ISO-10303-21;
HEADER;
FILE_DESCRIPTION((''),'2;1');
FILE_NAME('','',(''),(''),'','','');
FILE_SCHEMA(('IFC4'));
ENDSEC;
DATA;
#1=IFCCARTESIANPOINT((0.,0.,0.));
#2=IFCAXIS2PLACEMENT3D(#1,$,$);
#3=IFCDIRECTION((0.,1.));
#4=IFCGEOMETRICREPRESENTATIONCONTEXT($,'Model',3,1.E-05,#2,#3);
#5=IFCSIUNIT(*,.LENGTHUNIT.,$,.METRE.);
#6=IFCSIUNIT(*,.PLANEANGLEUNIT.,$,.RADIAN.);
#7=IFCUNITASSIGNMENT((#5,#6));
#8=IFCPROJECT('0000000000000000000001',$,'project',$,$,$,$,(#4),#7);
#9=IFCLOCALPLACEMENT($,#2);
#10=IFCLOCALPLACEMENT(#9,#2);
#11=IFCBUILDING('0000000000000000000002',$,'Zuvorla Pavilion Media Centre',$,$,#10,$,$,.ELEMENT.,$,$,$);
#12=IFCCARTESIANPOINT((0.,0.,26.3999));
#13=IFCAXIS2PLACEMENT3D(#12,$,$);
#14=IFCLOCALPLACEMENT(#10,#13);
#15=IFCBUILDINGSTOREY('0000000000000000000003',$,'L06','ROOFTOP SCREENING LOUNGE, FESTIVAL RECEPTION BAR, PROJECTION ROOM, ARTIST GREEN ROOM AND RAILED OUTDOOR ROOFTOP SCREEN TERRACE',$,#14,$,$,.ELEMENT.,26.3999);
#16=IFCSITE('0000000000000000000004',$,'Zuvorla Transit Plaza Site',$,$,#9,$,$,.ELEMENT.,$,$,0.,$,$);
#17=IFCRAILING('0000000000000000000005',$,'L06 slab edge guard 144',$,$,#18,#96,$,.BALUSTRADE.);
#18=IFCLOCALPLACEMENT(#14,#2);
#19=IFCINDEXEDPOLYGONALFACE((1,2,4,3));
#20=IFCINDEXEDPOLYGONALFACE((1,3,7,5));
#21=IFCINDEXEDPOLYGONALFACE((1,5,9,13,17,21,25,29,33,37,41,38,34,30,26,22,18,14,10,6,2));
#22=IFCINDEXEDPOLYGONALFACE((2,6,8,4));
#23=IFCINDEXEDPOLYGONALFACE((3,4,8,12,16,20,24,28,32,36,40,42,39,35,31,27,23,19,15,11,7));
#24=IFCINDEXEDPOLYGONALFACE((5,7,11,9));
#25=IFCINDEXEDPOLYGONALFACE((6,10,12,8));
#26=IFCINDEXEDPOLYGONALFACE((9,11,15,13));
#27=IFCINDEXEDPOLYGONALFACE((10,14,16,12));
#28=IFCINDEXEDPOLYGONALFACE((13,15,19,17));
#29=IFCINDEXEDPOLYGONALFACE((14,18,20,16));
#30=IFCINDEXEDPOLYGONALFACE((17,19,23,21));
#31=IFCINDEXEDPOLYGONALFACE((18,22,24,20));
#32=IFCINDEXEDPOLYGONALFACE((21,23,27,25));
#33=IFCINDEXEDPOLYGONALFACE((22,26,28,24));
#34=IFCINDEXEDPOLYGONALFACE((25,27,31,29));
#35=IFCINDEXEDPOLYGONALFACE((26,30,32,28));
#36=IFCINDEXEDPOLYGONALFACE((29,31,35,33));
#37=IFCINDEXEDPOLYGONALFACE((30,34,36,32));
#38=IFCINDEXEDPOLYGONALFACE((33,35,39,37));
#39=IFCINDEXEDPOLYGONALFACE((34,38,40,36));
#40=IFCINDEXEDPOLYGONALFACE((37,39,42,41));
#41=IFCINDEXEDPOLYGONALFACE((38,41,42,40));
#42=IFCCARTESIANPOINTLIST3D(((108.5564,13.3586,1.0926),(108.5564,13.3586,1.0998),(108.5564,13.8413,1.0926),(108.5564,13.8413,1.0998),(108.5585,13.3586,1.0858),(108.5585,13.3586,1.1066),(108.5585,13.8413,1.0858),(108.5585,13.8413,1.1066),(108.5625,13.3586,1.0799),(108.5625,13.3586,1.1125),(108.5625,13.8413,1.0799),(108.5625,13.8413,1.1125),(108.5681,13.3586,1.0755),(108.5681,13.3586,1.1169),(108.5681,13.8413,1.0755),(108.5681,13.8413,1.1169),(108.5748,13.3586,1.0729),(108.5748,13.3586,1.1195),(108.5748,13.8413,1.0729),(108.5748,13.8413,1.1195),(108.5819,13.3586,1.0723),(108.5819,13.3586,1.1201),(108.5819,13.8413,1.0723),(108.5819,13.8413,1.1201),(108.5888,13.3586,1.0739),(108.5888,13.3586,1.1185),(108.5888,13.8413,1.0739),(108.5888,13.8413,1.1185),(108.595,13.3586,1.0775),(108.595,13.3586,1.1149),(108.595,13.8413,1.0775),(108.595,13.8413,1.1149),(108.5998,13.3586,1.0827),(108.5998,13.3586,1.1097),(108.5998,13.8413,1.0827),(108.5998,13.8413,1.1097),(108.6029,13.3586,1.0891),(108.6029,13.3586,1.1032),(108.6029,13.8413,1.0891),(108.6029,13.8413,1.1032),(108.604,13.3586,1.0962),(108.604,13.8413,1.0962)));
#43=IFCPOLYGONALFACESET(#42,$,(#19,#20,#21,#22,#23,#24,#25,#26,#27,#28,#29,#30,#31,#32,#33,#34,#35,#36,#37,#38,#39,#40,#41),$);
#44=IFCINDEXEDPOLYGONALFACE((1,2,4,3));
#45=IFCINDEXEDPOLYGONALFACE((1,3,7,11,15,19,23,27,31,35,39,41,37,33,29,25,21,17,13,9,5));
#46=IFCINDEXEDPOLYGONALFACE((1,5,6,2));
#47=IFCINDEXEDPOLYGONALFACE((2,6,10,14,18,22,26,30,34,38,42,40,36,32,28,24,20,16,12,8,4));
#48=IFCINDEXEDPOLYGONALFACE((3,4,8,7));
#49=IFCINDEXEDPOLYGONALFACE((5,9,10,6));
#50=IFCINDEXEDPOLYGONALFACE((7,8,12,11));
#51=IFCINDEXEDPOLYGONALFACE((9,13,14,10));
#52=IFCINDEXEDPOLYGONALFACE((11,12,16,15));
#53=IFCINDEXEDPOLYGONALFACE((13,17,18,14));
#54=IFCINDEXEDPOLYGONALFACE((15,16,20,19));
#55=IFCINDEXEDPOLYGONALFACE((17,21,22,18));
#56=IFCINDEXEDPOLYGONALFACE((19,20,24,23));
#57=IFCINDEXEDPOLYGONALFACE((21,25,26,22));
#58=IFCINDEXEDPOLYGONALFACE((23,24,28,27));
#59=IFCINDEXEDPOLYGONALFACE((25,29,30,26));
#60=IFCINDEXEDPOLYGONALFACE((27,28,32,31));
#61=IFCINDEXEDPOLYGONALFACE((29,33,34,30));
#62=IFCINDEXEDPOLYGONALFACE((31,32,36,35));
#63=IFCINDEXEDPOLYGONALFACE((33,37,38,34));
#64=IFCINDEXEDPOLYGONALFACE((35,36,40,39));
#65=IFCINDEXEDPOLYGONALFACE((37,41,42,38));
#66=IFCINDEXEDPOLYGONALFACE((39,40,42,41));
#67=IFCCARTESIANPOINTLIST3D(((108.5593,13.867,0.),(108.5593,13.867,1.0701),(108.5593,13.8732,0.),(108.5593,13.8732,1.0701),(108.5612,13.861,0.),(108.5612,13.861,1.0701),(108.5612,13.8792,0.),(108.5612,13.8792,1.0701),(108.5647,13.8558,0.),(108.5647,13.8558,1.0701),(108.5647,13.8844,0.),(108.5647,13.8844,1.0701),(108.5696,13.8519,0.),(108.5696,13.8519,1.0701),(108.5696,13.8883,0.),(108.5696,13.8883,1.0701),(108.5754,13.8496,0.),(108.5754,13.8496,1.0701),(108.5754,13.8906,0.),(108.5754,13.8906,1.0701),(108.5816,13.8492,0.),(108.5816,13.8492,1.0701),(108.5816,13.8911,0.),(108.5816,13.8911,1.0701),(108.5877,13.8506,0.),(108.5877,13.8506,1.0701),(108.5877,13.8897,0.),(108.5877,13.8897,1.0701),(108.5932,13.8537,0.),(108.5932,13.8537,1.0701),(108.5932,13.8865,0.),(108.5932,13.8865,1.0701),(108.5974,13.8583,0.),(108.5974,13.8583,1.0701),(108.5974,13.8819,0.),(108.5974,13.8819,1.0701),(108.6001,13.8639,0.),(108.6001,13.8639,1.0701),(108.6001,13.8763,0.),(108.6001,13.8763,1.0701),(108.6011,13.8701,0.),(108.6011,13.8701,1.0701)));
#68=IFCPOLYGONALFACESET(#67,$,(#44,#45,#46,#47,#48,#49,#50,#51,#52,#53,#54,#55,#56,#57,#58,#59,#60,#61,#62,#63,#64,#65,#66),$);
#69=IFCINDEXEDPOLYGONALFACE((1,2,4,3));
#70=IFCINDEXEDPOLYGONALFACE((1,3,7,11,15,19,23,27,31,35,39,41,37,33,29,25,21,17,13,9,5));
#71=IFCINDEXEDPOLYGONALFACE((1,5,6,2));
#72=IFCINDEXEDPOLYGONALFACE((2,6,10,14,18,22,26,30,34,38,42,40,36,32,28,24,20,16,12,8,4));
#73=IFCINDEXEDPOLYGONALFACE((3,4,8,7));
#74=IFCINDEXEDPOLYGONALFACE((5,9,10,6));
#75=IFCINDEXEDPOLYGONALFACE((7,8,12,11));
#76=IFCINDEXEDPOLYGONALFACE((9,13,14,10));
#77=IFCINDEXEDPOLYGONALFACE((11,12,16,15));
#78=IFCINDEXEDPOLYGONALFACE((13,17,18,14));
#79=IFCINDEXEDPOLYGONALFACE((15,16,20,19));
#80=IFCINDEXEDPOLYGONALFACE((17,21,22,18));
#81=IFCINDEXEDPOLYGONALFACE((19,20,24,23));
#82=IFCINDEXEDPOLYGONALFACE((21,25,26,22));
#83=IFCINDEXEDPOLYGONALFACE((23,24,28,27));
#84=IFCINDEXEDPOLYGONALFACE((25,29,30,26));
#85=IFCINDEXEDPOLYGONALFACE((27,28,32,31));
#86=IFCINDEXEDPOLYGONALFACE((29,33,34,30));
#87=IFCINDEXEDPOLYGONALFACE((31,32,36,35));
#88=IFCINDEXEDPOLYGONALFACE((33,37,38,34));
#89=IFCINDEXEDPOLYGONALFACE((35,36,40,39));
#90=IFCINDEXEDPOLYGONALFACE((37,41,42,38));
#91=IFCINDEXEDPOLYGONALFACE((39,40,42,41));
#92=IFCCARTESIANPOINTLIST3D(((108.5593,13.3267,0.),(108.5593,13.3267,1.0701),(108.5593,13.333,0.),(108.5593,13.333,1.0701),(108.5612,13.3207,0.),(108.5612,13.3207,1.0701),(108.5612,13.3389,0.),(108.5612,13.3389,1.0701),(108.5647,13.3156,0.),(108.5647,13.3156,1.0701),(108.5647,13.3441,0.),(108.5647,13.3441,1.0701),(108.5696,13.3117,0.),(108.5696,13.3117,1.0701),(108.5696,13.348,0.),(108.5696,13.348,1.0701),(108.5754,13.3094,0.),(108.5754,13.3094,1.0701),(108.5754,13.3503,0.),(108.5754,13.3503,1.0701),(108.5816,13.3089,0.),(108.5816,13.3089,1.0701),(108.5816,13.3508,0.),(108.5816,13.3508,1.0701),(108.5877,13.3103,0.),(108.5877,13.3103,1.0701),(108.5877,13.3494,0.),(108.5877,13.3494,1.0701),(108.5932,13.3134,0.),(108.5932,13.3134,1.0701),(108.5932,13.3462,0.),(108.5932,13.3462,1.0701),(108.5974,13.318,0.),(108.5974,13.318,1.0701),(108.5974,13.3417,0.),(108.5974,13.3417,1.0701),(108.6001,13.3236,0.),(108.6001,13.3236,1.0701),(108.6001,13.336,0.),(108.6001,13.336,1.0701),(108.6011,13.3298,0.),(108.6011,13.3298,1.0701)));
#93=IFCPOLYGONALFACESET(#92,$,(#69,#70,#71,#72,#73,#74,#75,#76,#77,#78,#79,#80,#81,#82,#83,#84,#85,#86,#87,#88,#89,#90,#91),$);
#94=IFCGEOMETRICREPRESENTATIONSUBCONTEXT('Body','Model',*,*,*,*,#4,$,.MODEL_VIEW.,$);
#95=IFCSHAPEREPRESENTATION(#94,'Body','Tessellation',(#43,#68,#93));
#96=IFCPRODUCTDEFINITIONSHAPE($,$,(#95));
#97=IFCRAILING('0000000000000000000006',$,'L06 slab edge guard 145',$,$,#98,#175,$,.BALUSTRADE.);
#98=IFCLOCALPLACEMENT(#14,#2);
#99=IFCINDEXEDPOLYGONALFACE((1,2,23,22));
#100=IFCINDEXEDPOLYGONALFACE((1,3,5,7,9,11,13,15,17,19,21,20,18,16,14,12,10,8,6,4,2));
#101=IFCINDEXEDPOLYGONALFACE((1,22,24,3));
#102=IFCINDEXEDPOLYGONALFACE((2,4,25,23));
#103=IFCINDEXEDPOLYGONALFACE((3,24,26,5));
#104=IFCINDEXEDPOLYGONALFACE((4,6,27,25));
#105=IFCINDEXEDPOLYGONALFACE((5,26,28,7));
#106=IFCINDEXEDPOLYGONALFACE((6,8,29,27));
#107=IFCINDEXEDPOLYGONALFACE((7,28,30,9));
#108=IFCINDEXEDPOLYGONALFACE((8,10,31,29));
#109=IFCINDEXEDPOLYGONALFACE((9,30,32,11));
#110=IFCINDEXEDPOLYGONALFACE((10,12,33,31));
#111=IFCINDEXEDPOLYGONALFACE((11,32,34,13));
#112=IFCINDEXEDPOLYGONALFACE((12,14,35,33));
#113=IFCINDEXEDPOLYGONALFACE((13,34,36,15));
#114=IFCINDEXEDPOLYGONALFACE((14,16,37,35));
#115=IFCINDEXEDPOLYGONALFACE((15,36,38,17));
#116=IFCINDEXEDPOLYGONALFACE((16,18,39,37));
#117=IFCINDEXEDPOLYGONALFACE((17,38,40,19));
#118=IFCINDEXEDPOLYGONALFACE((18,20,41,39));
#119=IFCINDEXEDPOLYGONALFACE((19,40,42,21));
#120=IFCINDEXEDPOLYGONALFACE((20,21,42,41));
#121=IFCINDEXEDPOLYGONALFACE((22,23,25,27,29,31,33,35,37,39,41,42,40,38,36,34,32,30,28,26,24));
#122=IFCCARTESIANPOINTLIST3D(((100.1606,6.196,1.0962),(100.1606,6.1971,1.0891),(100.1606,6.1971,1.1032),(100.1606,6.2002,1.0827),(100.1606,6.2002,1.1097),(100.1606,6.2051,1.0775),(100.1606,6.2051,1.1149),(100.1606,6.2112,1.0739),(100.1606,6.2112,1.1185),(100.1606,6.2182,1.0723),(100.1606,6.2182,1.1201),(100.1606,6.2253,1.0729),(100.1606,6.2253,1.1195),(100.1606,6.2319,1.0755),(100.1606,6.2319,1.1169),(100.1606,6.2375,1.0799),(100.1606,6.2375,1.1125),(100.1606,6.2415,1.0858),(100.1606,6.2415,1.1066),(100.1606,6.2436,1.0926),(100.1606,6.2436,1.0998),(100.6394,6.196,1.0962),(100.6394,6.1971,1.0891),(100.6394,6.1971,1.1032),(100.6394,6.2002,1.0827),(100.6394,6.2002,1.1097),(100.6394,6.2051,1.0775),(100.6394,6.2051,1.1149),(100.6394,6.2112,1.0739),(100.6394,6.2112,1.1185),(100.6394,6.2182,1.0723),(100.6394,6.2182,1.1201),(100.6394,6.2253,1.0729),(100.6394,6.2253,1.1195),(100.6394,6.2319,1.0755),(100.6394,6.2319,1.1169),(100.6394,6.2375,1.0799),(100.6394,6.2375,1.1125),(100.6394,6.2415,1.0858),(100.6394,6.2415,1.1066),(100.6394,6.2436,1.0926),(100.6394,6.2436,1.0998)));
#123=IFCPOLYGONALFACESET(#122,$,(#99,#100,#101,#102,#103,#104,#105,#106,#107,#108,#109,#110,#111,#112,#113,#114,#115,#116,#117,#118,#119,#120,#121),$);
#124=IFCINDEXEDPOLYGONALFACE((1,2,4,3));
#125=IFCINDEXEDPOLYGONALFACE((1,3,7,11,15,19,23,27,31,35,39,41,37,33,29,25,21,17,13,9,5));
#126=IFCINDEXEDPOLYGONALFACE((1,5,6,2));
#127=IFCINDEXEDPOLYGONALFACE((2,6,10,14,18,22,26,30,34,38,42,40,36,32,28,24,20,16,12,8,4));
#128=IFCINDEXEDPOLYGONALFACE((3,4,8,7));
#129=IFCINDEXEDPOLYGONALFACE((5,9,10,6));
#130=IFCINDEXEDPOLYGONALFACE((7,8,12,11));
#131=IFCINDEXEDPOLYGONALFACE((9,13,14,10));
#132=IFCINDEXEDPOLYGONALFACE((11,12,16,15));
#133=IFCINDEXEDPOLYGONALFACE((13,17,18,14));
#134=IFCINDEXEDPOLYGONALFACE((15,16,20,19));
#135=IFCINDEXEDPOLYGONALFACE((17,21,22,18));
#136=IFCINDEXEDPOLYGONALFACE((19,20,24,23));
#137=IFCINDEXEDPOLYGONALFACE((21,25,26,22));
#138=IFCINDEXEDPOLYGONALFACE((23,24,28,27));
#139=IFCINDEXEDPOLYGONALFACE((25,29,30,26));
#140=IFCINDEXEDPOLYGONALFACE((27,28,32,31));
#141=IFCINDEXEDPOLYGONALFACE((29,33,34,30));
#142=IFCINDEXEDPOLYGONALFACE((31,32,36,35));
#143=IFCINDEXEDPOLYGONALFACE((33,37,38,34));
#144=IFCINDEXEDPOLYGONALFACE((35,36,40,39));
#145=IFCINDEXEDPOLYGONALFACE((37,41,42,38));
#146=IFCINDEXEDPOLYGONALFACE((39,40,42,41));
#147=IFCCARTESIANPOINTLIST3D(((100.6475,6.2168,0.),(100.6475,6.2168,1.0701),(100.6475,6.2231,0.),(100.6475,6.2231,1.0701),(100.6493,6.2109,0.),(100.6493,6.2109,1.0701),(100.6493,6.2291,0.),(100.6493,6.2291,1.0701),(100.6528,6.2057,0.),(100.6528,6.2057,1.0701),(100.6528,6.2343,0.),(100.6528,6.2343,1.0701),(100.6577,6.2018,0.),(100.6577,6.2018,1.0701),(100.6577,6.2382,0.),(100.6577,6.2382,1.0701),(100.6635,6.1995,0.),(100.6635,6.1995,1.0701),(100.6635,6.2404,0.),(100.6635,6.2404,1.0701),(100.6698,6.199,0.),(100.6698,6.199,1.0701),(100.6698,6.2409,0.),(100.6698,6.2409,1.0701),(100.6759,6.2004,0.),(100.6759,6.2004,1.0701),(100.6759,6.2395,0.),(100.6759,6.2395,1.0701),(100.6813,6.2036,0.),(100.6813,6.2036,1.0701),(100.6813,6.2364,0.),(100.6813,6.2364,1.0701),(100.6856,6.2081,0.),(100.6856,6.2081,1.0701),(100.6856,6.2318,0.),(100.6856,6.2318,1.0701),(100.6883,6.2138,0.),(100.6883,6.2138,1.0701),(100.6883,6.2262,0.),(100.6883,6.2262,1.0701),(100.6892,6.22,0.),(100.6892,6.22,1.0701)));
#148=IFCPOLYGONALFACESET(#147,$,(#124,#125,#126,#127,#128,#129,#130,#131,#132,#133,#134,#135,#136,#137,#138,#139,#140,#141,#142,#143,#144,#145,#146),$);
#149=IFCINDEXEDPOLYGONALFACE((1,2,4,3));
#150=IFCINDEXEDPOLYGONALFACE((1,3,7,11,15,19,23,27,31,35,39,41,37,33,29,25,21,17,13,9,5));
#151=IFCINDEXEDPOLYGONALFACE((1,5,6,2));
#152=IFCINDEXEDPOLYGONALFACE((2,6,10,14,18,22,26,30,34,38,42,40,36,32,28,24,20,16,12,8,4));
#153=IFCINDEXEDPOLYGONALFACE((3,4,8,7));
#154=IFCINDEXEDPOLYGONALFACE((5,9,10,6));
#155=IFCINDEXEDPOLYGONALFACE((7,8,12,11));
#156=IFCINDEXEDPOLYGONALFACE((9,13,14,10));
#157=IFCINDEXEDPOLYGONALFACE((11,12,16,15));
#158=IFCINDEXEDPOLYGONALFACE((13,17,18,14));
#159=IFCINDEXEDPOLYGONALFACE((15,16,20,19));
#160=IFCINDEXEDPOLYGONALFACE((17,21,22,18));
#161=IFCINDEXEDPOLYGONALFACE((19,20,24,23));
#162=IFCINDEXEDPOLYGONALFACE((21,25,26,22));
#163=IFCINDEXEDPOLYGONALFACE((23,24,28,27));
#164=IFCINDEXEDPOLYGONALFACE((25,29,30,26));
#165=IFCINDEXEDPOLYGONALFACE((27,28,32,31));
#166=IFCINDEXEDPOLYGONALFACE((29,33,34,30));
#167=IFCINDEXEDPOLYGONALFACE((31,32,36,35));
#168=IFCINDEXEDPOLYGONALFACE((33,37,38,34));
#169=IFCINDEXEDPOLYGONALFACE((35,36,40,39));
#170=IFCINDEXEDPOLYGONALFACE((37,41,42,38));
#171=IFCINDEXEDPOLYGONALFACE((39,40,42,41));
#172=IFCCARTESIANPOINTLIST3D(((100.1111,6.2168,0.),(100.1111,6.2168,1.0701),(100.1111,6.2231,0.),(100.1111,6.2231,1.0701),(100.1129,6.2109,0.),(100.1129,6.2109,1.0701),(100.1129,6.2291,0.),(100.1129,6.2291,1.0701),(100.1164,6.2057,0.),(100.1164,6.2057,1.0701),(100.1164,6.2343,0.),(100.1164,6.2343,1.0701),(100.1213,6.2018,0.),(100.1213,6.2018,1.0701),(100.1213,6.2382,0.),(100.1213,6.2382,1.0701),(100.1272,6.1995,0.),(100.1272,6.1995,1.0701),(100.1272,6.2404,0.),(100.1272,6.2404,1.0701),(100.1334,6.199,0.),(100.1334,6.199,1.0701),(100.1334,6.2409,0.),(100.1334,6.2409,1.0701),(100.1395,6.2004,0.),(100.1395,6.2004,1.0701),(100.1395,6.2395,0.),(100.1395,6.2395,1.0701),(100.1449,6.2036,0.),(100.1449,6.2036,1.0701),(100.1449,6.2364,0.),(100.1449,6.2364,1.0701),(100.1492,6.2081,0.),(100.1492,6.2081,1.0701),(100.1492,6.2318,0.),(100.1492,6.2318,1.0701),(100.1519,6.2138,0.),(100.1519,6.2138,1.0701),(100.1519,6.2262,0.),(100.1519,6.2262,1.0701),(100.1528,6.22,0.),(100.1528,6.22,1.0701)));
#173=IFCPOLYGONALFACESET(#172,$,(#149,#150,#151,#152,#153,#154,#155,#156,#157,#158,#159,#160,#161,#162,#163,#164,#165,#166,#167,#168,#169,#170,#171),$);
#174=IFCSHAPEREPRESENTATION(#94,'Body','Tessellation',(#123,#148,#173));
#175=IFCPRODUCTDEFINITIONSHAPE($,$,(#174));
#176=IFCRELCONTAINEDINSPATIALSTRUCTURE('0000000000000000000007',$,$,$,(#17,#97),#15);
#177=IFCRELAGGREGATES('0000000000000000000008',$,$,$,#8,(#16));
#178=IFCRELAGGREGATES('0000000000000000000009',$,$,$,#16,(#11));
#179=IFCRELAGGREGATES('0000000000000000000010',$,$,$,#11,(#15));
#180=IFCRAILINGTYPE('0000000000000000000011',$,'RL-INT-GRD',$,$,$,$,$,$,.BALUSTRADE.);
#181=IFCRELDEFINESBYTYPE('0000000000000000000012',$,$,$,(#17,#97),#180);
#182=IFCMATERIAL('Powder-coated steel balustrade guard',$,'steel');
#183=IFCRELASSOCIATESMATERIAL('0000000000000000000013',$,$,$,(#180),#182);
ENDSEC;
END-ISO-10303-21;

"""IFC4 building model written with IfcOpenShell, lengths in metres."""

from ifc_helpers import new_model, si_unit, direction, frame, origin, origin_2d, place, context, subcontext, project, spatial, circle, extrude, material, type_object, element, save


model = new_model("IFC4")

# Units and contexts
model_context = context("Model", 3, precision=1e-05, world=origin(), true_north=direction((0.0, 1.0)))
body_context = subcontext(model_context, "Body", "Model", "MODEL_VIEW")
ifc_project = project(units=[si_unit("LENGTHUNIT", "METRE"), si_unit("PLANEANGLEUNIT", "RADIAN")], contexts=[model_context])

# Site, building, storey
site_placement = place(None, origin())
site = spatial("IfcSite", under=ifc_project, at=site_placement, Name="Zuvorla Transit Plaza Site", CompositionType="ELEMENT", RefElevation=0.0)
building_placement = place(site_placement, origin())
building = spatial("IfcBuilding", under=site, at=building_placement, Name="Zuvorla Pavilion Media Centre", CompositionType="ELEMENT")
storey_placement = place(building_placement, frame((0.0, 0.0, 26.3999)))
storey = spatial("IfcBuildingStorey", under=building, at=storey_placement, Name="L06", Description="ROOFTOP SCREENING LOUNGE, FESTIVAL RECEPTION BAR, PROJECTION ROOM, ARTIST GREEN ROOM AND RAILED OUTDOOR ROOFTOP SCREEN TERRACE", CompositionType="ELEMENT", Elevation=26.3999)

# Railings
ifc_material_1 = material(Name="Powder-coated steel balustrade guard", Category="steel")
railing_type = type_object("IfcRailingType", Name="RL-INT-GRD", PredefinedType="BALUSTRADE", material=ifc_material_1)
railing_1_placement = place(storey_placement, frame((108.5801, 13.8701, 0.0)))
element("IfcRailing", 1, at=railing_1_placement, inside=storey, type_object=railing_type, Name="L06 slab edge guard 144", PredefinedType="BALUSTRADE", context=body_context, shape_type="SweptSolid", body=[
    extrude(circle(Radius=0.0239, at=origin_2d()), frame((0.0, -0.0288, 1.0962), z_axis=(0.0, -1.0, 0.0), x_axis=(1.0, 0.0, 0.0)), (0.0, 0.0, 1.0), 0.4827),
    extrude(circle(Radius=0.021, at=origin_2d()), origin(), (0.0, 0.0, 1.0), 1.0701),
    extrude(circle(Radius=0.021, at=origin_2d()), frame((0.0, -0.5403, 0.0)), (0.0, 0.0, 1.0), 1.0701),
])
railing_2_placement = place(storey_placement, frame((100.6682, 6.22, 0.0)))
element("IfcRailing", 2, at=railing_2_placement, inside=storey, type_object=railing_type, Name="L06 slab edge guard 145", PredefinedType="BALUSTRADE", context=body_context, shape_type="SweptSolid", body=[
    extrude(circle(Radius=0.0239, at=origin_2d()), frame((-0.0288, 0.0, 1.0962), z_axis=(-1.0, 0.0, 0.0), x_axis=(0.0, -1.0, 0.0)), (0.0, 0.0, 1.0), 0.4788),
    extrude(circle(Radius=0.021, at=origin_2d()), origin(), (0.0, 0.0, 1.0), 1.0701),
    extrude(circle(Radius=0.021, at=origin_2d()), frame((-0.5364, 0.0, 0.0)), (0.0, 0.0, 1.0), 1.0701),
])

save(model, "model.ifc")
